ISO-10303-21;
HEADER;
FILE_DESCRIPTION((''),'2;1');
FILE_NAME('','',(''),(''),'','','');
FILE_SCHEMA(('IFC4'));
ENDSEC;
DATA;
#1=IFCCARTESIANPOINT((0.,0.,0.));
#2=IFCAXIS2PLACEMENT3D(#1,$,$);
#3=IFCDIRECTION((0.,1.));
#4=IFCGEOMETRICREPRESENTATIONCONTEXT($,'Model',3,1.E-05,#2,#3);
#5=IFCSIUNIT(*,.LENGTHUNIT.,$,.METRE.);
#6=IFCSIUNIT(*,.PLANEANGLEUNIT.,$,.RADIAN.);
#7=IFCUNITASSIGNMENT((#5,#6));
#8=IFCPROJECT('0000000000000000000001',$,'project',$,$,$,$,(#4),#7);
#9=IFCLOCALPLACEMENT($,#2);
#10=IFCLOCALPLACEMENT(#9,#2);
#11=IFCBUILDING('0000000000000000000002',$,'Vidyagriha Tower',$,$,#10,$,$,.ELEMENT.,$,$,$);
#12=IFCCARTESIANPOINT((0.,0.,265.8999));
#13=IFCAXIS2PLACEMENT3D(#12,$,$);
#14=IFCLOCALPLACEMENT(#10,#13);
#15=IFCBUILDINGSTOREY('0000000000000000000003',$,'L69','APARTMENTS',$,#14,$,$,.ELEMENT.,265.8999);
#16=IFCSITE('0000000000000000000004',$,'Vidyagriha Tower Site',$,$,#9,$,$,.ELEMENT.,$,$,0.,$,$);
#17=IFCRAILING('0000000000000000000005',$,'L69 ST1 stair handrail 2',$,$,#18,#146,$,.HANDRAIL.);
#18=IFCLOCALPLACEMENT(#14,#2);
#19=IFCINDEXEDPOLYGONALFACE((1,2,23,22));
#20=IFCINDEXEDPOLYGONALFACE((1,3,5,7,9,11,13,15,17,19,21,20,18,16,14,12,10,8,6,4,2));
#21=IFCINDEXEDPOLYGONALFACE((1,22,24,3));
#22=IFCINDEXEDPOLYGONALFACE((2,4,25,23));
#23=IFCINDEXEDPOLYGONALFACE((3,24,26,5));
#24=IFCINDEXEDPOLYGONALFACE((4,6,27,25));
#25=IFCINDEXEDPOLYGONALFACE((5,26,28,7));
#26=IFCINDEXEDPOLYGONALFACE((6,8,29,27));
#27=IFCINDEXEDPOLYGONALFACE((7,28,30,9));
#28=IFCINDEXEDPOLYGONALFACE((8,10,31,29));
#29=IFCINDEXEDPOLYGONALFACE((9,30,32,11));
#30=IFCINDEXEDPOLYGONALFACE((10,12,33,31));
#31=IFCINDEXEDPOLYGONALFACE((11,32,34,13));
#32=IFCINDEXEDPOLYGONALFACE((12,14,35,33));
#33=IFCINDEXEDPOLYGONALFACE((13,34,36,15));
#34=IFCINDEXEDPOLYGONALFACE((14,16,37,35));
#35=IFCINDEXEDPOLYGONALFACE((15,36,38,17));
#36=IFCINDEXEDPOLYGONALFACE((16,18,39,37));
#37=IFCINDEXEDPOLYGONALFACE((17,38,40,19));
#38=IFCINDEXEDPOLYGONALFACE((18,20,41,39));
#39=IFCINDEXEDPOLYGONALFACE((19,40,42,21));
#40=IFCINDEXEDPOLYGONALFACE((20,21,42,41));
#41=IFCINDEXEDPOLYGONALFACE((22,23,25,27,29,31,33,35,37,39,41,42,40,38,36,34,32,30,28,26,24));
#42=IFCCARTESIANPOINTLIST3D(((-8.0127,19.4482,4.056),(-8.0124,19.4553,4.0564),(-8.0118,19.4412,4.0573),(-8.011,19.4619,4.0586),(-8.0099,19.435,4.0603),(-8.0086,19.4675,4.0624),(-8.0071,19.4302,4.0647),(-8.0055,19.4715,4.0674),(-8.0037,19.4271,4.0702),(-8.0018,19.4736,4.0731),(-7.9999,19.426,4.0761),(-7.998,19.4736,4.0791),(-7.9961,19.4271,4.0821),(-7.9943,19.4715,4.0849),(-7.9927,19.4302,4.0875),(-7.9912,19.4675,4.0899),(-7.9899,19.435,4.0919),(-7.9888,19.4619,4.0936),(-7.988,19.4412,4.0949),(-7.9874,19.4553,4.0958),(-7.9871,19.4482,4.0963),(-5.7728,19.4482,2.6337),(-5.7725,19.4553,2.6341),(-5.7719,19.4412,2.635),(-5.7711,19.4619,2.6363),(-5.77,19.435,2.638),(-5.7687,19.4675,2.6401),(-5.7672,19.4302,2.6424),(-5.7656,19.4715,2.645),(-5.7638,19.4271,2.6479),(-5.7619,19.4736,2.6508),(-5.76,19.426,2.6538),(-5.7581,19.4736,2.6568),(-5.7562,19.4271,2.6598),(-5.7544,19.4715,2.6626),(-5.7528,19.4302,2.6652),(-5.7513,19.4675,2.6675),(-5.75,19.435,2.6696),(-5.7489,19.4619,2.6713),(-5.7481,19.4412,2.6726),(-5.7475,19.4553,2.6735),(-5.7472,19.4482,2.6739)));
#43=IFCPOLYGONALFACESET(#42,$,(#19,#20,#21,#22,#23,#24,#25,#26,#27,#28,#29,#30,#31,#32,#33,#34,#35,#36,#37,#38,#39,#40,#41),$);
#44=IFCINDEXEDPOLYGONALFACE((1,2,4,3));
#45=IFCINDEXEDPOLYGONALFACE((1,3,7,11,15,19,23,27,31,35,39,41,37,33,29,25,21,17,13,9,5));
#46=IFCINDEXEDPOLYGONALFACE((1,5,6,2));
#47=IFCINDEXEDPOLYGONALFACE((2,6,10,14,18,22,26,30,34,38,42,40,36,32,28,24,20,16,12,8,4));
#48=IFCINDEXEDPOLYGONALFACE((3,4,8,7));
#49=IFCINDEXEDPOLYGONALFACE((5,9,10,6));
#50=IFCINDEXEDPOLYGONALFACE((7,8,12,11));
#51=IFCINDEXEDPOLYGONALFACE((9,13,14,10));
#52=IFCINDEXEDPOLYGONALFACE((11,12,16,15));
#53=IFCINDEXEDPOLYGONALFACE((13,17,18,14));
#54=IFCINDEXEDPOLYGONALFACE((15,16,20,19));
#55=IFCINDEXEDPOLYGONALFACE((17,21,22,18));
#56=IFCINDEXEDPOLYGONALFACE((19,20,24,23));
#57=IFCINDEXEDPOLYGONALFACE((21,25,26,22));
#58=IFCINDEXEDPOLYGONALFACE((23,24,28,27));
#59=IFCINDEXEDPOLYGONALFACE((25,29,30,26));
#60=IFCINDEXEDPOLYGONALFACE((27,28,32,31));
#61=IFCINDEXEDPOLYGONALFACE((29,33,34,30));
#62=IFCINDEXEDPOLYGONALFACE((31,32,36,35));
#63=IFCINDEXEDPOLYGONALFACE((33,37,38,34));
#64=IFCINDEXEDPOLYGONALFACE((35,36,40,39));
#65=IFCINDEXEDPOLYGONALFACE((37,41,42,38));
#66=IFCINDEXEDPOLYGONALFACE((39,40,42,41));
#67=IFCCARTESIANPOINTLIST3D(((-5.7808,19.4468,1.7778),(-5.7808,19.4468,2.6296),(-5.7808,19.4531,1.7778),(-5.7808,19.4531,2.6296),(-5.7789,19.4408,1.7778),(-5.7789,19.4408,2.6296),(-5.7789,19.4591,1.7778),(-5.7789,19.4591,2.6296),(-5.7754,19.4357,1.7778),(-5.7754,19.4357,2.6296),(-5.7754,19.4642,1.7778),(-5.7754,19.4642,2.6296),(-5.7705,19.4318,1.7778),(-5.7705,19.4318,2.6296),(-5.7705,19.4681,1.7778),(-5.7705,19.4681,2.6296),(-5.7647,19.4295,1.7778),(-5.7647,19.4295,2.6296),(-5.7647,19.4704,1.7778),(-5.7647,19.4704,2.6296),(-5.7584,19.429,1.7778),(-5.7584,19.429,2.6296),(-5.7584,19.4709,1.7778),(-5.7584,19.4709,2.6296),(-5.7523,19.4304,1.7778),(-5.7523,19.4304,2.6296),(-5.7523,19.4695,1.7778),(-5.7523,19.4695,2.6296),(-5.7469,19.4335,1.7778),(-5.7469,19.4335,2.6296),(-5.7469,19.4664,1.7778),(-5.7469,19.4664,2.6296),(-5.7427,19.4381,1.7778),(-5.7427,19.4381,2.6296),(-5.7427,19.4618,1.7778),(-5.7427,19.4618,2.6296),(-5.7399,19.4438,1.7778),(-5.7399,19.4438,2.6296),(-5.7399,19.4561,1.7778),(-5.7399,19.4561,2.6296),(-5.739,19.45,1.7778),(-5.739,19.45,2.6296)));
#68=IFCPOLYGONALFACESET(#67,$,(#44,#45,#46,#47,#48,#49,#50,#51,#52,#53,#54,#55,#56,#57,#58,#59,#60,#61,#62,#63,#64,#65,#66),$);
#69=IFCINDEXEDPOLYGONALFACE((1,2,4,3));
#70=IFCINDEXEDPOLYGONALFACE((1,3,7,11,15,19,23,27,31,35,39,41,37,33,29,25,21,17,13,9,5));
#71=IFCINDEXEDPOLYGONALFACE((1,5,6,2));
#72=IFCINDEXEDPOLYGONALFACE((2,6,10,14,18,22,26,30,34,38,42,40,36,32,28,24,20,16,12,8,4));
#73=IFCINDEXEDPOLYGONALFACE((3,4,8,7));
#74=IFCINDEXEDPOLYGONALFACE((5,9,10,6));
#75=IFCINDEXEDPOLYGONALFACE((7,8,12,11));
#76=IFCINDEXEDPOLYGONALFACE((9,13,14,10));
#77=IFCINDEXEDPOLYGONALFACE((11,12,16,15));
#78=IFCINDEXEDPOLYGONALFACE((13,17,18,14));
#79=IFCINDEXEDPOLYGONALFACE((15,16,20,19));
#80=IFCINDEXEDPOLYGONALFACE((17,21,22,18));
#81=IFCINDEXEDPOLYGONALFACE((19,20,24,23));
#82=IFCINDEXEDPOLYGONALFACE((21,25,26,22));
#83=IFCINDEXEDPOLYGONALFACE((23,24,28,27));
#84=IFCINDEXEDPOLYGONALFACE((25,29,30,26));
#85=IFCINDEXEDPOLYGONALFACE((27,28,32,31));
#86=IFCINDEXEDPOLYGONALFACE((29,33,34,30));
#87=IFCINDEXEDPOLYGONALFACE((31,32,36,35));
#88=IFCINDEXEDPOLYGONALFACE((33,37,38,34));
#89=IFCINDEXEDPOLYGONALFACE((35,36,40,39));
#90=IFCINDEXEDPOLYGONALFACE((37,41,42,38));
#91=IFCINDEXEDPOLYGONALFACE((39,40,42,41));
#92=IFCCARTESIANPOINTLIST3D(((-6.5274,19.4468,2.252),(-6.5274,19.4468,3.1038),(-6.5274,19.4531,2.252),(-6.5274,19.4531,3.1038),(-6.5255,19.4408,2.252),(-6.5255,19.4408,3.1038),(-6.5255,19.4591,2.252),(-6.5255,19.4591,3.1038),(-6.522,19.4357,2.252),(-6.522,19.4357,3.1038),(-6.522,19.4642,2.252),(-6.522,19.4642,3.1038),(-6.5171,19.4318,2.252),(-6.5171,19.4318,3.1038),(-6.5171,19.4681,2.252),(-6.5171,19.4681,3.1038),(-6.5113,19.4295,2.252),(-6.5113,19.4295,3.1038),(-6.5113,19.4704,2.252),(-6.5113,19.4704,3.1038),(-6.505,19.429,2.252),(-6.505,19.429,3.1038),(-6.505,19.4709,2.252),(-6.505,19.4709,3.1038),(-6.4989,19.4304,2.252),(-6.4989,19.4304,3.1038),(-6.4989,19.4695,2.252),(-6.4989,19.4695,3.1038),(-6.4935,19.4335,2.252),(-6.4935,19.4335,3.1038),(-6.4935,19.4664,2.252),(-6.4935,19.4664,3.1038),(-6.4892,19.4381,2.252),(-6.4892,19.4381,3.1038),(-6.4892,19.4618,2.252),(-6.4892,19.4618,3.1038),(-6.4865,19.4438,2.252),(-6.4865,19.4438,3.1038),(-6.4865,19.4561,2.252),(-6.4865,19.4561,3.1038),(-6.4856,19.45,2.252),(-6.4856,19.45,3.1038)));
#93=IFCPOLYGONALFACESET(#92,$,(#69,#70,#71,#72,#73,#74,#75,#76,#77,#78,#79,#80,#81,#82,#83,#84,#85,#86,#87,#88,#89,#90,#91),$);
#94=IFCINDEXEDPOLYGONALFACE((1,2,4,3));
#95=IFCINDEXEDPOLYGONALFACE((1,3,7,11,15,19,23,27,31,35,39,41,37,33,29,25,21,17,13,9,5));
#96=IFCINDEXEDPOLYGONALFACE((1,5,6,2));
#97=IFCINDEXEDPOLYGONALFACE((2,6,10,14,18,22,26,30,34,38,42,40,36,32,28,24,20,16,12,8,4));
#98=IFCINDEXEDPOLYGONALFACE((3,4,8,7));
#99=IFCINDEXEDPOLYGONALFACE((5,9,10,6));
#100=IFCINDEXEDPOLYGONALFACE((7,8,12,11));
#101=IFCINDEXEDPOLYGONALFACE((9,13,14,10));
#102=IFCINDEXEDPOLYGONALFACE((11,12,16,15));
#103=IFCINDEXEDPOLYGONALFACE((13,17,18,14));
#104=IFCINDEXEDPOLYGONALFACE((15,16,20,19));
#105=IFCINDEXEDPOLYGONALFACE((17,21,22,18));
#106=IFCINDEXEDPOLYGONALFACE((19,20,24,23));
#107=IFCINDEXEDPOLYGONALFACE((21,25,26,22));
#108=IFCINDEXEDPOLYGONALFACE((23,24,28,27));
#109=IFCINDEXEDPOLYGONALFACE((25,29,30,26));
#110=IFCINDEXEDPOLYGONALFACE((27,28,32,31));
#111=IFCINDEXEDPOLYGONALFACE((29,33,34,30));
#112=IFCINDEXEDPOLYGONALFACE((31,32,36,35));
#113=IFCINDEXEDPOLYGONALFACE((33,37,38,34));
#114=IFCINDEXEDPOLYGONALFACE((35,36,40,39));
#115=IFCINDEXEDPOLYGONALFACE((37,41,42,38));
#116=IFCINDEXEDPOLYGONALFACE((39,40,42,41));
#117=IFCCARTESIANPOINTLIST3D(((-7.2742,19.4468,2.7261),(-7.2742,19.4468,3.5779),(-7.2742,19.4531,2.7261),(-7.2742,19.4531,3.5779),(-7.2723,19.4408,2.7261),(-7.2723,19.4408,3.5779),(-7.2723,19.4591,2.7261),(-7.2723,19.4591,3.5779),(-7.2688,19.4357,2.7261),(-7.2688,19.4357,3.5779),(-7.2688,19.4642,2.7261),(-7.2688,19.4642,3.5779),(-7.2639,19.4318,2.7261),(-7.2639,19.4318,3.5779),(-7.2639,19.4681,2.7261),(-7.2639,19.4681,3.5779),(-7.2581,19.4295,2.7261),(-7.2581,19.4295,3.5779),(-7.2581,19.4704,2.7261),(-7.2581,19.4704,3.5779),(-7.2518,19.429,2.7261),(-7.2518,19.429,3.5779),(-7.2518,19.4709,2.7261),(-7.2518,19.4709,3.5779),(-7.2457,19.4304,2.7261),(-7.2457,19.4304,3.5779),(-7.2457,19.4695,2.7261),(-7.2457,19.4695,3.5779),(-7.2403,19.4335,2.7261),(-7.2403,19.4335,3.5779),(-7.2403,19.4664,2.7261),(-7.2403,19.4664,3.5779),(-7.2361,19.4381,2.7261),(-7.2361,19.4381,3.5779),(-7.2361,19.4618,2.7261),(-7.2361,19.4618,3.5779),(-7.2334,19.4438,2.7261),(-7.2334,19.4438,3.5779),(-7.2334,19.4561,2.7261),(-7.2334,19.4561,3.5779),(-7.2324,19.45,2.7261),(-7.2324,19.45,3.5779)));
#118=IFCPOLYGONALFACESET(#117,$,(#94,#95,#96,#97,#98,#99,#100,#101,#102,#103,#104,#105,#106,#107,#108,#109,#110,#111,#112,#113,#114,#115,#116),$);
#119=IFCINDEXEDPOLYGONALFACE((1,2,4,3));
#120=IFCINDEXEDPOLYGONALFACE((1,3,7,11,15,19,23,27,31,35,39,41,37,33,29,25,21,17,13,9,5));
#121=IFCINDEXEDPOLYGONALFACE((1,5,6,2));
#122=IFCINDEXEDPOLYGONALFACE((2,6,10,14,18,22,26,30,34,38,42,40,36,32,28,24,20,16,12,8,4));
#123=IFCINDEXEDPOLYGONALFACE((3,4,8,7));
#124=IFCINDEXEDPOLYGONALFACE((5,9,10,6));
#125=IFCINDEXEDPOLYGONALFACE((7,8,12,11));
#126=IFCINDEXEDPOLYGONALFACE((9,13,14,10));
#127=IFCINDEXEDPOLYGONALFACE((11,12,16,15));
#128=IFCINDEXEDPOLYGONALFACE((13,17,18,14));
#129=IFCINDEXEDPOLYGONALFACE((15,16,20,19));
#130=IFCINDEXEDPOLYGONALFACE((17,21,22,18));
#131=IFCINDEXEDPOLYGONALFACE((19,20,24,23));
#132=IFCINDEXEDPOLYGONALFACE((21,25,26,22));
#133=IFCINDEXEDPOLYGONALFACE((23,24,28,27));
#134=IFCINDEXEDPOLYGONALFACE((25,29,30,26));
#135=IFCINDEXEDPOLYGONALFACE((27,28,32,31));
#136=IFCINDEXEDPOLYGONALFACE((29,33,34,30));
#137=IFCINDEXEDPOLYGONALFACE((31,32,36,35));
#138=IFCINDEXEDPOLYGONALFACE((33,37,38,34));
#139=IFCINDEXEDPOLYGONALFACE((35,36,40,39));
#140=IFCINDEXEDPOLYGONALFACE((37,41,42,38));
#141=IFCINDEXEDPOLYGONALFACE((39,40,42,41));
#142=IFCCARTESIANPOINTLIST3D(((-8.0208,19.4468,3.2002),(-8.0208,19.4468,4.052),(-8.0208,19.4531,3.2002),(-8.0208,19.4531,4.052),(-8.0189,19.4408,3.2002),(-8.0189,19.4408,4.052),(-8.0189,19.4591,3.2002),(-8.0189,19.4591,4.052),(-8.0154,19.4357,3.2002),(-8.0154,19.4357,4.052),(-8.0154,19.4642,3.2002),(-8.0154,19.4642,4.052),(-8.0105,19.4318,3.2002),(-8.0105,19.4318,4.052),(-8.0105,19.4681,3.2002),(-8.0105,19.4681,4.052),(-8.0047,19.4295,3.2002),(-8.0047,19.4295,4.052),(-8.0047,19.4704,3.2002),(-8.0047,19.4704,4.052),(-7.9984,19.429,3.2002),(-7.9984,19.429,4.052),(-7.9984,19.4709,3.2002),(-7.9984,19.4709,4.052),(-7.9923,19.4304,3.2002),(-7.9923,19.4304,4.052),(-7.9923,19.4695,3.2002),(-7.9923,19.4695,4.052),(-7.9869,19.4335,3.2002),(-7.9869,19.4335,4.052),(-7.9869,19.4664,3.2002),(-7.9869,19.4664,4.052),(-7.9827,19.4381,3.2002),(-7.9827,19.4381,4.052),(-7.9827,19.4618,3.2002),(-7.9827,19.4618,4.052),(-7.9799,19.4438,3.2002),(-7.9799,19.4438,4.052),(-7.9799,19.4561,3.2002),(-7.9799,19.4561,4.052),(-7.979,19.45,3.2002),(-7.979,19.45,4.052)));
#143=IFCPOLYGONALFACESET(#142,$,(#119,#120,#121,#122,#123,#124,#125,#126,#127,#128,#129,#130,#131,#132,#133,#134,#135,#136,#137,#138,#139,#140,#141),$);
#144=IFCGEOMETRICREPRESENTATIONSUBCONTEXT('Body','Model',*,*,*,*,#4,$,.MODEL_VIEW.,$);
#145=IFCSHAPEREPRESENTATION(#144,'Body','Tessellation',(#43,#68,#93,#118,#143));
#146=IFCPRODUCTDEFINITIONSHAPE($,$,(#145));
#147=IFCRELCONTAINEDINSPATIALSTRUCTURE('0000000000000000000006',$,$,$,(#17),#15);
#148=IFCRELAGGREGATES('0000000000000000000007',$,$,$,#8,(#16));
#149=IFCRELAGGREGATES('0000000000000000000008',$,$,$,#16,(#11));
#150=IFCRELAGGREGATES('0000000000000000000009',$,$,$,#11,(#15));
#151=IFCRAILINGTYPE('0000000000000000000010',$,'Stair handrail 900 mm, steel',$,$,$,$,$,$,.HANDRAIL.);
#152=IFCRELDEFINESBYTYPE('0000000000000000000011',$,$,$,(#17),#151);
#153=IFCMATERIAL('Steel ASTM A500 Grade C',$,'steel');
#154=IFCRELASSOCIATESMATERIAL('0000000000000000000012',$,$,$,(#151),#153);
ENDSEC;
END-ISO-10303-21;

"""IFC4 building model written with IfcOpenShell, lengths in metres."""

from ifc_helpers import new_model, si_unit, direction, frame, origin, origin_2d, place, context, subcontext, project, spatial, circle, extrude, material, type_object, element, save


model = new_model("IFC4")

# Units and contexts
model_context = context("Model", 3, precision=1e-05, world=origin(), true_north=direction((0.0, 1.0)))
body_context = subcontext(model_context, "Body", "Model", "MODEL_VIEW")
ifc_project = project(units=[si_unit("LENGTHUNIT", "METRE"), si_unit("PLANEANGLEUNIT", "RADIAN")], contexts=[model_context])

# Site, building, storey
site_placement = place(None, origin())
site = spatial("IfcSite", under=ifc_project, at=site_placement, Name="Vidyagriha Tower Site", CompositionType="ELEMENT", RefElevation=0.0)
building_placement = place(site_placement, origin())
building = spatial("IfcBuilding", under=site, at=building_placement, Name="Vidyagriha Tower", CompositionType="ELEMENT")
storey_placement = place(building_placement, frame((0.0, 0.0, 265.8999)))
storey = spatial("IfcBuildingStorey", under=building, at=storey_placement, Name="L69", Description="APARTMENTS", CompositionType="ELEMENT", Elevation=265.8999)

# Railing
ifc_material_1 = material(Name="Steel ASTM A500 Grade C", Category="steel")
railing_type_1 = type_object("IfcRailingType", Name="Stair handrail 900 mm, steel", PredefinedType="HANDRAIL", material=ifc_material_1)
for number, where, name in (
    (1, (-5.76, 19.45, 1.7778), "L69 ST1 stair handrail 2"),
):
    element("IfcRailing", number, at=place(storey_placement, frame(where)), inside=storey, type_object=railing_type_1, Name=name, PredefinedType="HANDRAIL", context=body_context, shape_type="SweptSolid", body=[
        extrude(circle(Radius=0.0239, at=origin_2d()), frame((0.0, 0.0, 0.876), z_axis=(-0.844188, 0.0, 0.536048), x_axis=(0.0, -1.0, 0.0)), (0.0, 0.0, 1.0), 2.6533),
        extrude(circle(Radius=0.021, at=origin_2d()), origin(), (0.0, 0.0, 1.0), 0.8518),
        extrude(circle(Radius=0.021, at=origin_2d()), frame((-0.7466, 0.0, 0.4741)), (0.0, 0.0, 1.0), 0.8518),
        extrude(circle(Radius=0.021, at=origin_2d()), frame((-1.4934, 0.0, 0.9482)), (0.0, 0.0, 1.0), 0.8518),
        extrude(circle(Radius=0.021, at=origin_2d()), frame((-2.24, 0.0, 1.4224)), (0.0, 0.0, 1.0), 0.8518),
    ])

save(model, "model.ifc")
